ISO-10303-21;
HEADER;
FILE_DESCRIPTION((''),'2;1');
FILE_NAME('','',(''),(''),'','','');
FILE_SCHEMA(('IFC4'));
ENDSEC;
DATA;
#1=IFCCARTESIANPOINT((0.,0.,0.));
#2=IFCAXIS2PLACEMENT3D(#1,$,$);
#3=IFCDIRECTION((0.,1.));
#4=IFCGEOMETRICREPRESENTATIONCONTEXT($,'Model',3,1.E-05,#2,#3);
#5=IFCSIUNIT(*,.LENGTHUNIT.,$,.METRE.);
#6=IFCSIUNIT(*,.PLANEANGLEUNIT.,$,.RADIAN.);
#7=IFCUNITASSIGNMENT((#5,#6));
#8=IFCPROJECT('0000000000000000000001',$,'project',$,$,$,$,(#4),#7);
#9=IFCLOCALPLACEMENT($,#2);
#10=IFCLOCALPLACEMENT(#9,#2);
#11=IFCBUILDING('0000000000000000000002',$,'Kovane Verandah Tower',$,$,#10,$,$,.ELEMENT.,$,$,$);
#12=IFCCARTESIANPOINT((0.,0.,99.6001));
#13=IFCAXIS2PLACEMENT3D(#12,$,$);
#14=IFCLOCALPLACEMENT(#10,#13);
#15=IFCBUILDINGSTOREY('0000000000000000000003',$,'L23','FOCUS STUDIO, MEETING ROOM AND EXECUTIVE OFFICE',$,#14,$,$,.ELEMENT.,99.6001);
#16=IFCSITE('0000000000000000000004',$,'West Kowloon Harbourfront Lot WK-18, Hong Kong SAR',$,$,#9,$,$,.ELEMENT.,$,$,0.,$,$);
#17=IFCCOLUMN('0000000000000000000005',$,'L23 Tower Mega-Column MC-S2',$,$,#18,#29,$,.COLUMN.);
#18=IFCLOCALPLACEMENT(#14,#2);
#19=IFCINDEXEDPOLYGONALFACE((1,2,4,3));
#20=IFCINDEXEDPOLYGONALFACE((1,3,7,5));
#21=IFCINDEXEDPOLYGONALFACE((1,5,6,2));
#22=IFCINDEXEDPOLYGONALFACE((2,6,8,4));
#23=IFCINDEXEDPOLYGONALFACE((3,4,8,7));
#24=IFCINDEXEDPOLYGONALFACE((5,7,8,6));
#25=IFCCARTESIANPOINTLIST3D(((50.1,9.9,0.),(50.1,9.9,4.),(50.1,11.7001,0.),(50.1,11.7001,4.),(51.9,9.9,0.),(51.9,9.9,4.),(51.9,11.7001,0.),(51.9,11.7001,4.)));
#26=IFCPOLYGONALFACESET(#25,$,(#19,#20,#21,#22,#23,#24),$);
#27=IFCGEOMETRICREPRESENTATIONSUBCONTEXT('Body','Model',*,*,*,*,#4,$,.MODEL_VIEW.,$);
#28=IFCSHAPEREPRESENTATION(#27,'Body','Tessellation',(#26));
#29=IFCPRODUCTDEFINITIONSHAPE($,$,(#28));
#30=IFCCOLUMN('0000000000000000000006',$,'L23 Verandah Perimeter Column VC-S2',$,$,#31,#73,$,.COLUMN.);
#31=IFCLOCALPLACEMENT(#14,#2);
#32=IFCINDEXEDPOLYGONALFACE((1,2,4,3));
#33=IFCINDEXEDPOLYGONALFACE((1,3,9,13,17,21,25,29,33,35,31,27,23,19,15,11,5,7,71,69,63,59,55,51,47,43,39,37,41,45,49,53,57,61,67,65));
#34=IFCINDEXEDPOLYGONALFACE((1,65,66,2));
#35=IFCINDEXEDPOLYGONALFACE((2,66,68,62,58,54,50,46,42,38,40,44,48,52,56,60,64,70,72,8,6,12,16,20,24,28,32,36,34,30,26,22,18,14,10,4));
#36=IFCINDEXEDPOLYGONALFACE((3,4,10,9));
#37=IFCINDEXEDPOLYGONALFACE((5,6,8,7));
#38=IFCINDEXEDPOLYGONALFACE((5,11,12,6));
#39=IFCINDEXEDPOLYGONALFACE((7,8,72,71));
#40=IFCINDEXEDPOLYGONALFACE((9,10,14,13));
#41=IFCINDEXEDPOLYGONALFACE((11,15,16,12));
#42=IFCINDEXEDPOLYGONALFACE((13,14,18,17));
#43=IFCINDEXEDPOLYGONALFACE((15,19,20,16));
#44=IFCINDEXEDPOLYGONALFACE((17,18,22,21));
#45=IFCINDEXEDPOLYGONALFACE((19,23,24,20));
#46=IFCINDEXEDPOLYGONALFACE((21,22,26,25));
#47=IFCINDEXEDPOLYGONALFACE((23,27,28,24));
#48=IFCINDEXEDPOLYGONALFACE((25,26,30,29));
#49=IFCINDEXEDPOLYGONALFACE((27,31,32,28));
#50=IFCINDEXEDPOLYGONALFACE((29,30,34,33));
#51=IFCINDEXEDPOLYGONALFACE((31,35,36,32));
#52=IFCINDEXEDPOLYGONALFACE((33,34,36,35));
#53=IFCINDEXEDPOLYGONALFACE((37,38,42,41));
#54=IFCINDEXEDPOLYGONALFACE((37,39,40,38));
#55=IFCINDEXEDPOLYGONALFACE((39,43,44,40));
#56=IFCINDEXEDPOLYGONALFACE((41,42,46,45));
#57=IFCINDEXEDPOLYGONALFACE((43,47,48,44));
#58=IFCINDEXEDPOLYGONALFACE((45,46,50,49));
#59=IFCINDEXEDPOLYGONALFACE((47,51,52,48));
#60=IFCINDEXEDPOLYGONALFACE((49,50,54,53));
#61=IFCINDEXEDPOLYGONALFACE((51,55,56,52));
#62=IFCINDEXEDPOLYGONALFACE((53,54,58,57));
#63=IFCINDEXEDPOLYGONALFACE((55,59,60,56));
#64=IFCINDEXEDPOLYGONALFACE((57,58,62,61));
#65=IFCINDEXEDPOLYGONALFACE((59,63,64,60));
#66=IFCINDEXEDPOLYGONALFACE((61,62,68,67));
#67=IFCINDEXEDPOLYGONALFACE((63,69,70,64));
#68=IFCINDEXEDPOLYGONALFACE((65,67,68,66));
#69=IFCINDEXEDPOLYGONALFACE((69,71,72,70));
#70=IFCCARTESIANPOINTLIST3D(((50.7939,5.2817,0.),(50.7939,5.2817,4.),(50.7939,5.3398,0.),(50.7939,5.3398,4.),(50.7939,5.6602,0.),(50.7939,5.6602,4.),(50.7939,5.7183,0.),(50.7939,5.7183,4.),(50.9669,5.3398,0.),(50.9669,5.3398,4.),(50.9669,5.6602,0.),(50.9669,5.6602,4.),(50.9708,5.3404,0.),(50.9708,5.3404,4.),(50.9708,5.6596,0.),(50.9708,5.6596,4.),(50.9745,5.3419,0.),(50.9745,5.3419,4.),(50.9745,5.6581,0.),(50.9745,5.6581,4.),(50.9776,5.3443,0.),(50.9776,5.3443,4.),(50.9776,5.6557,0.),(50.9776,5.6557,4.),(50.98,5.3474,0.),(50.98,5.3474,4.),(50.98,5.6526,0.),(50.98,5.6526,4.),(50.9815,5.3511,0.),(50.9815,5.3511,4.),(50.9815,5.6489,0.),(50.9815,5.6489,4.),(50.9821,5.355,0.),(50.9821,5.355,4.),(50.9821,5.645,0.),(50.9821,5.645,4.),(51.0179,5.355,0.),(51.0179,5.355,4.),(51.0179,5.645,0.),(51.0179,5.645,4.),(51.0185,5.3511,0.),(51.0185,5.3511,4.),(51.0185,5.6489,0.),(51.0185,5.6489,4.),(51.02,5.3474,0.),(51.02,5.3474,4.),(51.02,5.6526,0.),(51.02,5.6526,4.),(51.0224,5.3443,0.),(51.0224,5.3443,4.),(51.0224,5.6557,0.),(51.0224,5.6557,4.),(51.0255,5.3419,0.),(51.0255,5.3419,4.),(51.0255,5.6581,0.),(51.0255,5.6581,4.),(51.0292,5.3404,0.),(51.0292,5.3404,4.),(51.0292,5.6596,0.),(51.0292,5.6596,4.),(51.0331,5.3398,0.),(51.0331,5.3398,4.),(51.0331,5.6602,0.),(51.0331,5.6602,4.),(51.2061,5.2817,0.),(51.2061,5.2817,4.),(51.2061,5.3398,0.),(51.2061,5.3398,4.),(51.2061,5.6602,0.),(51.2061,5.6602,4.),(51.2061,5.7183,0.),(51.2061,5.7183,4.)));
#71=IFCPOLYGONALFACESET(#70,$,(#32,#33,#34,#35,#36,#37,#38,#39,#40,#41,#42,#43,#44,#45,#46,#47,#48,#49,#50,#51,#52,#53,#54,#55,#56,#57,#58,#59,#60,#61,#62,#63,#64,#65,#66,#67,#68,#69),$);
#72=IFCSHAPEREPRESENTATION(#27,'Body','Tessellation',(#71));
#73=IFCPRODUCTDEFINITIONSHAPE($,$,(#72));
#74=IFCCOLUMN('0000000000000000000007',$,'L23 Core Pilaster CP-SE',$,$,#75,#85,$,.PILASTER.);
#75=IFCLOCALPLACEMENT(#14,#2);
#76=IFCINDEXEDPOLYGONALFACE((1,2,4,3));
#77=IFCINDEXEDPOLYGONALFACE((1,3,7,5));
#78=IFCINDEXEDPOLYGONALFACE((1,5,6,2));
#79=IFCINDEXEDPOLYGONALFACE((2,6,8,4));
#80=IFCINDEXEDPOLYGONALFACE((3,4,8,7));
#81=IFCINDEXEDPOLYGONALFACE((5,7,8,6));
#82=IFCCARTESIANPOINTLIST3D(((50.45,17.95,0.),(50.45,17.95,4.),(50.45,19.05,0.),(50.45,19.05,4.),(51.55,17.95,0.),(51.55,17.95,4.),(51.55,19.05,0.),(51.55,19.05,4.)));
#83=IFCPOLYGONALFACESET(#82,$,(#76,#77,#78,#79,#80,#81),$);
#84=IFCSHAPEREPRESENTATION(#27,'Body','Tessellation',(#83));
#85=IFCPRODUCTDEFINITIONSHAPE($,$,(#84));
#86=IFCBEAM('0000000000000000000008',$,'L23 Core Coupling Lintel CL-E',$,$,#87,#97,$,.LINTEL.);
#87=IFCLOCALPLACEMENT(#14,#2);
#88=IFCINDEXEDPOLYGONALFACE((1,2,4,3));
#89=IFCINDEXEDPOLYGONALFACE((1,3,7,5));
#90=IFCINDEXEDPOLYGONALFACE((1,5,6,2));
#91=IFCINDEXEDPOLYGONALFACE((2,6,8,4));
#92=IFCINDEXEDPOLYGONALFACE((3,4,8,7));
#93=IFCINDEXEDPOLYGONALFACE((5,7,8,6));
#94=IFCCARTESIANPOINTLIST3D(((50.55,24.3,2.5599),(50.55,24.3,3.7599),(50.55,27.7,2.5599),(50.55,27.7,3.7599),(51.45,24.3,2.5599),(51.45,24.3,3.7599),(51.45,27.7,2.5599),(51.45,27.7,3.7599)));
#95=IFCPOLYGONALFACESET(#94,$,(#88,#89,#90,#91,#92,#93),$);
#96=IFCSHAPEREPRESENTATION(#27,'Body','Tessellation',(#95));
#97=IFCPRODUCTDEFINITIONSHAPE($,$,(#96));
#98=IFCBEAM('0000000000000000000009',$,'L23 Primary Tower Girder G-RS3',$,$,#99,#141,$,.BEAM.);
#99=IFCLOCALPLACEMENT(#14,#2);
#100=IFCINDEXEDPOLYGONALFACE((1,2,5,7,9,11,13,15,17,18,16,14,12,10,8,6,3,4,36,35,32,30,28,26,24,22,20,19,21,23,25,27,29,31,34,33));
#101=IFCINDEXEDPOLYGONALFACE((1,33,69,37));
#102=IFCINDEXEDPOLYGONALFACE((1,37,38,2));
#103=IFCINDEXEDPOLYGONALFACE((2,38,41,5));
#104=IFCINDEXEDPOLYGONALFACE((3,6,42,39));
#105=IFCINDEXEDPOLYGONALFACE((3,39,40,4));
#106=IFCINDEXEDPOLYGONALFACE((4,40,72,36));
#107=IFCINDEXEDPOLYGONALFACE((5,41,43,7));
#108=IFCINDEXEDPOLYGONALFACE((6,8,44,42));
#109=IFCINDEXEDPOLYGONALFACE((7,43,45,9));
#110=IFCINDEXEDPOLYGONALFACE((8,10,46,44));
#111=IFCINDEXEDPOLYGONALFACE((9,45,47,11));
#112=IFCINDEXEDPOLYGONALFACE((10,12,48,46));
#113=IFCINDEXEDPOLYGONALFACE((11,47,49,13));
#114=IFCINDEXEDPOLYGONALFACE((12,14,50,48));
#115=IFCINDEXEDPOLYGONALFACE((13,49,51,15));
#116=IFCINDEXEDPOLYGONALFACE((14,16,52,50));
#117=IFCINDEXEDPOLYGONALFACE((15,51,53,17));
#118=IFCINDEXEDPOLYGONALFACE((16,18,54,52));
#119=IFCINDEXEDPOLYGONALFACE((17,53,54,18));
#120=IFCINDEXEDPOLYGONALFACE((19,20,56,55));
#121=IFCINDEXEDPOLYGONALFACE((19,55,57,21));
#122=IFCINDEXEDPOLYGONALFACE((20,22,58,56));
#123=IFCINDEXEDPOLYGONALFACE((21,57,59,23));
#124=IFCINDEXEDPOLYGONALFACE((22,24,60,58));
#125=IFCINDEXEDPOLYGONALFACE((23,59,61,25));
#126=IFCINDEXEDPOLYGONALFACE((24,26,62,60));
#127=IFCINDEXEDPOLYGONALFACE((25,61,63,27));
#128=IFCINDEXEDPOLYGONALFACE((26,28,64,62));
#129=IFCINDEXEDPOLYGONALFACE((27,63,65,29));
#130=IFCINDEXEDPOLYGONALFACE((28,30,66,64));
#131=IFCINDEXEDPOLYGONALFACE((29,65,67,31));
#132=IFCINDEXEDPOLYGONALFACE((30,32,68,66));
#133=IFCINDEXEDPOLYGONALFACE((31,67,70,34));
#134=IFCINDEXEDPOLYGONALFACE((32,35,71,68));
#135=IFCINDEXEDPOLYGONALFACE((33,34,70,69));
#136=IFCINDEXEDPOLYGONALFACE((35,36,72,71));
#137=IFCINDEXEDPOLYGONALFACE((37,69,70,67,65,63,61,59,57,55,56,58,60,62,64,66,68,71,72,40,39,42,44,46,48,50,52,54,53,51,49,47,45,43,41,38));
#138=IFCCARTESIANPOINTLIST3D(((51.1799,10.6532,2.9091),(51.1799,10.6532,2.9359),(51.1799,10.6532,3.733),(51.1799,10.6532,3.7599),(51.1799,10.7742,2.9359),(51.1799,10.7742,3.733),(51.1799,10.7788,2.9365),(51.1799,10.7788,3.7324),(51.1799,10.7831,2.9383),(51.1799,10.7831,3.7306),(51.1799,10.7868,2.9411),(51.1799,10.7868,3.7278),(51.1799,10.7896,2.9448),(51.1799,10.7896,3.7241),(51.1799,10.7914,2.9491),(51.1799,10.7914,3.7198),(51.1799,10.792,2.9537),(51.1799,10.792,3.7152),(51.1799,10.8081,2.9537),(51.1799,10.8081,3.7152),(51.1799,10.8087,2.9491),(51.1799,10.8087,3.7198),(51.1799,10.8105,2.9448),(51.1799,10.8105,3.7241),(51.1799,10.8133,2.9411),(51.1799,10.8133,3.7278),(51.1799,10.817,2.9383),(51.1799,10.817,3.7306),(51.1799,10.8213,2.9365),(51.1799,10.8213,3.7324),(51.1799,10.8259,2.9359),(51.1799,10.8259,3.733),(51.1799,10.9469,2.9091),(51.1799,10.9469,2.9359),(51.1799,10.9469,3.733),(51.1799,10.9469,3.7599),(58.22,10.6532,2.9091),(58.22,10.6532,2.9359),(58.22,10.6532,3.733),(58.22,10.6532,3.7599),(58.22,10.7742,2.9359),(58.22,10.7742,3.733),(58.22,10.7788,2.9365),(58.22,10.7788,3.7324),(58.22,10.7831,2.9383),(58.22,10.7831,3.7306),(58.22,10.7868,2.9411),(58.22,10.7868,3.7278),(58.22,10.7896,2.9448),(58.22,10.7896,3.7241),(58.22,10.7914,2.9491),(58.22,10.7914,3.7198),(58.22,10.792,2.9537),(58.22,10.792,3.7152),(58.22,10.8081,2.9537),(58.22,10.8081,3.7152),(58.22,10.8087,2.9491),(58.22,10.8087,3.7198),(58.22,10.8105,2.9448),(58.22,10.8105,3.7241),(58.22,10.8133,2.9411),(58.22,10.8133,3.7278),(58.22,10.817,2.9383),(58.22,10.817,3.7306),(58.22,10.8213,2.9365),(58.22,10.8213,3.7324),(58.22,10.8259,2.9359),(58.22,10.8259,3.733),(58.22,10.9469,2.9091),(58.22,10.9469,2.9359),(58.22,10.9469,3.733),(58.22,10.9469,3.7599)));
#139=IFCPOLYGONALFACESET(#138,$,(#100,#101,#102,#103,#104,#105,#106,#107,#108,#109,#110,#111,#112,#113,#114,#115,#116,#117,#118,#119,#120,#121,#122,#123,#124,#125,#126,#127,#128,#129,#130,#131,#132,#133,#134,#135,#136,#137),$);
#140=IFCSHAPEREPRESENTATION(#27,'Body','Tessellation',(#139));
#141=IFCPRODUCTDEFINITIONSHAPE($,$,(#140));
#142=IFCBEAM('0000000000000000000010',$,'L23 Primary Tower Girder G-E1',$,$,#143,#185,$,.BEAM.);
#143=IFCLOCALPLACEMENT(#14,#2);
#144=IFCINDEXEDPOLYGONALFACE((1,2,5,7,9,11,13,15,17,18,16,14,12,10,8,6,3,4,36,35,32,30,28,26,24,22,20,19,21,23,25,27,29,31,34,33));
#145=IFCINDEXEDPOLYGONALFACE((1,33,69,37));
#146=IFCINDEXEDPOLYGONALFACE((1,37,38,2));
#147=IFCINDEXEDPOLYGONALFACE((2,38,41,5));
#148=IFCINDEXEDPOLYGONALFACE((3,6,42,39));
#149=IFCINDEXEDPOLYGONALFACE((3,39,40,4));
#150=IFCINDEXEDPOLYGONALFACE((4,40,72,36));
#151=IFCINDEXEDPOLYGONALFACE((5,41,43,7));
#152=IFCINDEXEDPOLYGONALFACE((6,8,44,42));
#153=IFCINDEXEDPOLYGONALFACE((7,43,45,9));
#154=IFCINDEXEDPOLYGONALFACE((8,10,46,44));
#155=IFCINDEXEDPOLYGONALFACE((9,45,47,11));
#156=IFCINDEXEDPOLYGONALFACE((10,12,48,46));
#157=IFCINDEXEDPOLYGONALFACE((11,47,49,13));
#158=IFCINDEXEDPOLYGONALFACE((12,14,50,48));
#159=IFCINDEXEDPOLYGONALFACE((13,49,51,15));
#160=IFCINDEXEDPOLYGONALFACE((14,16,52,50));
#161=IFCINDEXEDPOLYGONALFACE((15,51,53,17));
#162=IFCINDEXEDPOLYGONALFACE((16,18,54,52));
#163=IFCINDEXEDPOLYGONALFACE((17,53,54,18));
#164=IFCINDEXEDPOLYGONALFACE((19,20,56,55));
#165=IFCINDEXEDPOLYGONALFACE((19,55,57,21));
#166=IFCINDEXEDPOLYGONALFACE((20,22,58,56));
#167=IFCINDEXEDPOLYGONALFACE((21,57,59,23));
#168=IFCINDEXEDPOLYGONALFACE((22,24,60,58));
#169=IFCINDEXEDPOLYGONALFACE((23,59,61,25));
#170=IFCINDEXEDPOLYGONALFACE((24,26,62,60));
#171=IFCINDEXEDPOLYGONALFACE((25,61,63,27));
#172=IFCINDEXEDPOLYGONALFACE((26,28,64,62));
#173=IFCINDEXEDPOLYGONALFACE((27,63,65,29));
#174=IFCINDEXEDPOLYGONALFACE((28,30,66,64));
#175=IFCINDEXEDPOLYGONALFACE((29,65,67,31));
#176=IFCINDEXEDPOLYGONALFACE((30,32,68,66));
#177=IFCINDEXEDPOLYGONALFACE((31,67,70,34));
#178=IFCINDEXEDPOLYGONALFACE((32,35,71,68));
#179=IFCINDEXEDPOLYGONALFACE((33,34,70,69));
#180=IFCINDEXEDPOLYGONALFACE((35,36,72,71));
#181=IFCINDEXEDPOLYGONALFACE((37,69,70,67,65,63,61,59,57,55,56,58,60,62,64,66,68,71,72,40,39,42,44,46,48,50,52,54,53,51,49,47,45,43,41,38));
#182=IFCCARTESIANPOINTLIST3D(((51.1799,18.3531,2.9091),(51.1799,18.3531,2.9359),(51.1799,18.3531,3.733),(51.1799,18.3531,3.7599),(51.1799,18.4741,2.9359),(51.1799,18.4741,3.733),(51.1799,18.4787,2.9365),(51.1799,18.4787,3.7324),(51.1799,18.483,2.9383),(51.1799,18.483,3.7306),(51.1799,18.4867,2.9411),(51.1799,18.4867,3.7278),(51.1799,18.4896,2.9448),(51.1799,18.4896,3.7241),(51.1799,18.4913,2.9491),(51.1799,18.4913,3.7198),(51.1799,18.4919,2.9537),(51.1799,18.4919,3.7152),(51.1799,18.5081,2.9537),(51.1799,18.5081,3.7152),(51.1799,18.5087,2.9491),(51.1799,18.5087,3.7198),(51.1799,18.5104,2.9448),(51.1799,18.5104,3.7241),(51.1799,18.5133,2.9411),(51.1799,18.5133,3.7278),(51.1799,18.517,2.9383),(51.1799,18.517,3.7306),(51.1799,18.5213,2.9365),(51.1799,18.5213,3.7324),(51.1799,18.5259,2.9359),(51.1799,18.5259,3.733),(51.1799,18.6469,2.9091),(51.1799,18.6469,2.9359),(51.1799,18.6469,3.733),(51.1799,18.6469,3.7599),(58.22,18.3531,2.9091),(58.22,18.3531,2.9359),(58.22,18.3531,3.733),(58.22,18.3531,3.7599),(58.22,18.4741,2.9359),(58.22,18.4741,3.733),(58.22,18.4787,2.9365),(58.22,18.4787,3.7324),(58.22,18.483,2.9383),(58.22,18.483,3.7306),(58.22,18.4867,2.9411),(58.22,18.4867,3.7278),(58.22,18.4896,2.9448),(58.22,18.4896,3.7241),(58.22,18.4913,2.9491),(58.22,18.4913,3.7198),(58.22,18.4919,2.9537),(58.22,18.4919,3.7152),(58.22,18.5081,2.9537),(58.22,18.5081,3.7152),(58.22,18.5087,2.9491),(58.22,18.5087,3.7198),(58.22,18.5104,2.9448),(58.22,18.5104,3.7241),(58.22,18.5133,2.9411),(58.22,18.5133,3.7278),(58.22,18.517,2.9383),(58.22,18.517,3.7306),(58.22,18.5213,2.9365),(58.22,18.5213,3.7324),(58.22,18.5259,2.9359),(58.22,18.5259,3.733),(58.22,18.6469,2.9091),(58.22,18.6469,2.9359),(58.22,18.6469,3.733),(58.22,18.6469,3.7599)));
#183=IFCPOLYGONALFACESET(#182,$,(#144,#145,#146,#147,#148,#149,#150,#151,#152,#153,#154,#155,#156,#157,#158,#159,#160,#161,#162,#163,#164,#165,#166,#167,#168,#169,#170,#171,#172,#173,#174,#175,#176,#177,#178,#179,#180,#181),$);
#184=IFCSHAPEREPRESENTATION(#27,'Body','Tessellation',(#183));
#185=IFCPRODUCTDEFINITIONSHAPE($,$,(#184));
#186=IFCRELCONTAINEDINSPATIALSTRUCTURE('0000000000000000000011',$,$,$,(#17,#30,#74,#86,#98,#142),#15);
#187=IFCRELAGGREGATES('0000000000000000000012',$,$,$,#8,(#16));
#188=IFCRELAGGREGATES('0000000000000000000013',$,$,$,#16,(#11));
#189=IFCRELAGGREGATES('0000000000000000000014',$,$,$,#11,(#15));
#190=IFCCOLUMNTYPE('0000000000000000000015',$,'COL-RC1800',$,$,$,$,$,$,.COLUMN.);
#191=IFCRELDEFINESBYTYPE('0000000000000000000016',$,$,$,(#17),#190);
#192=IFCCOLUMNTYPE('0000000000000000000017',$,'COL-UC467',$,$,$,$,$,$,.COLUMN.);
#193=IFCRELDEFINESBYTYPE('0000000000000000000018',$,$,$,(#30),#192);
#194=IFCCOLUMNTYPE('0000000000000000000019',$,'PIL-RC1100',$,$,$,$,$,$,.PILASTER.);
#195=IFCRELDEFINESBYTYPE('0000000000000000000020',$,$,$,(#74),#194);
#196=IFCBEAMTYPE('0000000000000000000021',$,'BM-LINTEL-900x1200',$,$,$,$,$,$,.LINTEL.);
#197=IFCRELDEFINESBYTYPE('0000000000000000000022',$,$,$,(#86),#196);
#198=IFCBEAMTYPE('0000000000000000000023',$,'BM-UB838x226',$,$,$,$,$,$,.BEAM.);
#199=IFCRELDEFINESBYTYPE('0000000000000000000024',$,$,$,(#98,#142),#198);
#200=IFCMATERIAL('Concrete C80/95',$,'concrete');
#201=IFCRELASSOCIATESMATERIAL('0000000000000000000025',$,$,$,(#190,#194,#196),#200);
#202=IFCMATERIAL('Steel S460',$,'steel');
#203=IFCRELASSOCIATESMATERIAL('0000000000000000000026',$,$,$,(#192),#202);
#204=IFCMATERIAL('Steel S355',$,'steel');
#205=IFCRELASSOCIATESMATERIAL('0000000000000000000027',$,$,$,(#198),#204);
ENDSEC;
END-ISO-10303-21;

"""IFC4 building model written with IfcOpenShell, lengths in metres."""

from ifc_helpers import new_model, si_unit, direction, frame, origin, origin_2d, place, context, subcontext, project, spatial, rectangle, i_section, extrude, material, material_profile, profile_set, type_object, element, save


model = new_model("IFC4")

# Units and contexts
model_context = context("Model", 3, precision=1e-05, world=origin(), true_north=direction((0.0, 1.0)))
body_context = subcontext(model_context, "Body", "Model", "MODEL_VIEW")
ifc_project = project(units=[si_unit("LENGTHUNIT", "METRE"), si_unit("PLANEANGLEUNIT", "RADIAN")], contexts=[model_context])

# Site, building, storey
site_placement = place(None, origin())
site = spatial("IfcSite", under=ifc_project, at=site_placement, Name="West Kowloon Harbourfront Lot WK-18, Hong Kong SAR", CompositionType="ELEMENT", RefElevation=0.0)
building_placement = place(site_placement, origin())
building = spatial("IfcBuilding", under=site, at=building_placement, Name="Kovane Verandah Tower", CompositionType="ELEMENT")
storey_placement = place(building_placement, frame((0.0, 0.0, 99.6001)))
storey = spatial("IfcBuildingStorey", under=building, at=storey_placement, Name="L23", Description="FOCUS STUDIO, MEETING ROOM AND EXECUTIVE OFFICE", CompositionType="ELEMENT", Elevation=99.6001)

# Columns
ifc_material_1 = material(Name="Concrete C80/95", Category="concrete")
ifc_material_profile_1 = material_profile(ifc_material_1, rectangle(XDim=1.8, YDim=1.8, at=origin_2d()), Name="RC1800x1800")
ifc_profile_set_1 = profile_set([ifc_material_profile_1], Name="Concrete C80/95")
column_type_1 = type_object("IfcColumnType", Name="COL-RC1800", PredefinedType="COLUMN", material=ifc_profile_set_1)
column_1_placement = place(storey_placement, frame((51.0, 10.8, 0.0), z_axis=(0.0, 0.0, 1.0), x_axis=(1.0, 0.0, 0.0)))
element("IfcColumn", 1, at=column_1_placement, inside=storey, type_object=column_type_1, Name="L23 Tower Mega-Column MC-S2", PredefinedType="COLUMN", context=body_context, shape_type="SweptSolid", body=[
    extrude(rectangle(XDim=1.8, YDim=1.8, at=origin_2d()), origin(), (0.0, 0.0, 1.0), 4.0),
])
ifc_material_2 = material(Name="Steel S460", Category="steel")
ifc_material_profile_2 = material_profile(ifc_material_2, i_section(OverallWidth=0.4121, OverallDepth=0.4365, WebThickness=0.0359, FlangeThickness=0.0581, FilletRadius=0.0151, at=origin_2d()), Name="UC356x406x467")
ifc_profile_set_2 = profile_set([ifc_material_profile_2], Name="Steel S460")
column_type_2 = type_object("IfcColumnType", Name="COL-UC467", PredefinedType="COLUMN", material=ifc_profile_set_2)
column_2_placement = place(storey_placement, frame((51.0, 5.5, 0.0), z_axis=(0.0, 0.0, 1.0), x_axis=(1.0, 0.0, 0.0)))
element("IfcColumn", 2, at=column_2_placement, inside=storey, type_object=column_type_2, Name="L23 Verandah Perimeter Column VC-S2", PredefinedType="COLUMN", context=body_context, shape_type="SweptSolid", body=[
    extrude(i_section(OverallWidth=0.4121, OverallDepth=0.4365, WebThickness=0.0359, FlangeThickness=0.0581, FilletRadius=0.0151, at=origin_2d()), origin(), (0.0, 0.0, 1.0), 4.0),
])
ifc_material_profile_3 = material_profile(ifc_material_1, rectangle(XDim=1.1001, YDim=1.1001, at=origin_2d()), Name="RC1100x1100")
ifc_profile_set_3 = profile_set([ifc_material_profile_3], Name="Concrete C80/95")
column_type_3 = type_object("IfcColumnType", Name="PIL-RC1100", PredefinedType="PILASTER", material=ifc_profile_set_3)
column_3_placement = place(storey_placement, frame((51.0, 18.5, 0.0), z_axis=(0.0, 0.0, 1.0), x_axis=(1.0, 0.0, 0.0)))
element("IfcColumn", 3, at=column_3_placement, inside=storey, type_object=column_type_3, Name="L23 Core Pilaster CP-SE", PredefinedType="PILASTER", context=body_context, shape_type="SweptSolid", body=[
    extrude(rectangle(XDim=1.1001, YDim=1.1001, at=origin_2d()), origin(), (0.0, 0.0, 1.0), 4.0),
])

# Beams
ifc_material_profile_4 = material_profile(ifc_material_1, rectangle(XDim=0.8999, YDim=1.2, at=origin_2d()), Name="RCB900x1200")
ifc_profile_set_4 = profile_set([ifc_material_profile_4], Name="Concrete C80/95")
beam_type_1 = type_object("IfcBeamType", Name="BM-LINTEL-900x1200", PredefinedType="LINTEL", material=ifc_profile_set_4)
beam_1_placement = place(storey_placement, frame((51.0, 24.3, 3.1599), z_axis=(0.0, 1.0, 0.0), x_axis=(-1.0, 0.0, 0.0)))
element("IfcBeam", 4, at=beam_1_placement, inside=storey, type_object=beam_type_1, Name="L23 Core Coupling Lintel CL-E", PredefinedType="LINTEL", context=body_context, shape_type="SweptSolid", body=[
    extrude(rectangle(XDim=0.8999, YDim=1.2, at=origin_2d()), origin(), (0.0, 0.0, 1.0), 3.3999),
])
ifc_material_3 = material(Name="Steel S355", Category="steel")
ifc_material_profile_5 = material_profile(ifc_material_3, i_section(OverallWidth=0.2937, OverallDepth=0.8508, WebThickness=0.0161, FlangeThickness=0.0269, FilletRadius=0.0178, at=origin_2d()), Name="UB838x292x226")
ifc_profile_set_5 = profile_set([ifc_material_profile_5], Name="Steel S355")
beam_type_2 = type_object("IfcBeamType", Name="BM-UB838x226", PredefinedType="BEAM", material=ifc_profile_set_5)
for number, where, z_axis, x_axis, name in (
    (5, (51.1799, 10.8, 3.3345), (1.0, 0.0, 0.0), (0.0, 1.0, 0.0), "L23 Primary Tower Girder G-RS3"),
    (6, (51.1799, 18.5, 3.3345), (1.0, 0.0, 0.0), (0.0, 1.0, 0.0), "L23 Primary Tower Girder G-E1"),
):
    element("IfcBeam", number, at=place(storey_placement, frame(where, z_axis=z_axis, x_axis=x_axis)), inside=storey, type_object=beam_type_2, Name=name, PredefinedType="BEAM", context=body_context, shape_type="SweptSolid", body=[
        extrude(i_section(OverallWidth=0.2937, OverallDepth=0.8508, WebThickness=0.0161, FlangeThickness=0.0269, FilletRadius=0.0178, at=origin_2d()), origin(), (0.0, 0.0, 1.0), 7.04),
    ])

save(model, "model.ifc")
